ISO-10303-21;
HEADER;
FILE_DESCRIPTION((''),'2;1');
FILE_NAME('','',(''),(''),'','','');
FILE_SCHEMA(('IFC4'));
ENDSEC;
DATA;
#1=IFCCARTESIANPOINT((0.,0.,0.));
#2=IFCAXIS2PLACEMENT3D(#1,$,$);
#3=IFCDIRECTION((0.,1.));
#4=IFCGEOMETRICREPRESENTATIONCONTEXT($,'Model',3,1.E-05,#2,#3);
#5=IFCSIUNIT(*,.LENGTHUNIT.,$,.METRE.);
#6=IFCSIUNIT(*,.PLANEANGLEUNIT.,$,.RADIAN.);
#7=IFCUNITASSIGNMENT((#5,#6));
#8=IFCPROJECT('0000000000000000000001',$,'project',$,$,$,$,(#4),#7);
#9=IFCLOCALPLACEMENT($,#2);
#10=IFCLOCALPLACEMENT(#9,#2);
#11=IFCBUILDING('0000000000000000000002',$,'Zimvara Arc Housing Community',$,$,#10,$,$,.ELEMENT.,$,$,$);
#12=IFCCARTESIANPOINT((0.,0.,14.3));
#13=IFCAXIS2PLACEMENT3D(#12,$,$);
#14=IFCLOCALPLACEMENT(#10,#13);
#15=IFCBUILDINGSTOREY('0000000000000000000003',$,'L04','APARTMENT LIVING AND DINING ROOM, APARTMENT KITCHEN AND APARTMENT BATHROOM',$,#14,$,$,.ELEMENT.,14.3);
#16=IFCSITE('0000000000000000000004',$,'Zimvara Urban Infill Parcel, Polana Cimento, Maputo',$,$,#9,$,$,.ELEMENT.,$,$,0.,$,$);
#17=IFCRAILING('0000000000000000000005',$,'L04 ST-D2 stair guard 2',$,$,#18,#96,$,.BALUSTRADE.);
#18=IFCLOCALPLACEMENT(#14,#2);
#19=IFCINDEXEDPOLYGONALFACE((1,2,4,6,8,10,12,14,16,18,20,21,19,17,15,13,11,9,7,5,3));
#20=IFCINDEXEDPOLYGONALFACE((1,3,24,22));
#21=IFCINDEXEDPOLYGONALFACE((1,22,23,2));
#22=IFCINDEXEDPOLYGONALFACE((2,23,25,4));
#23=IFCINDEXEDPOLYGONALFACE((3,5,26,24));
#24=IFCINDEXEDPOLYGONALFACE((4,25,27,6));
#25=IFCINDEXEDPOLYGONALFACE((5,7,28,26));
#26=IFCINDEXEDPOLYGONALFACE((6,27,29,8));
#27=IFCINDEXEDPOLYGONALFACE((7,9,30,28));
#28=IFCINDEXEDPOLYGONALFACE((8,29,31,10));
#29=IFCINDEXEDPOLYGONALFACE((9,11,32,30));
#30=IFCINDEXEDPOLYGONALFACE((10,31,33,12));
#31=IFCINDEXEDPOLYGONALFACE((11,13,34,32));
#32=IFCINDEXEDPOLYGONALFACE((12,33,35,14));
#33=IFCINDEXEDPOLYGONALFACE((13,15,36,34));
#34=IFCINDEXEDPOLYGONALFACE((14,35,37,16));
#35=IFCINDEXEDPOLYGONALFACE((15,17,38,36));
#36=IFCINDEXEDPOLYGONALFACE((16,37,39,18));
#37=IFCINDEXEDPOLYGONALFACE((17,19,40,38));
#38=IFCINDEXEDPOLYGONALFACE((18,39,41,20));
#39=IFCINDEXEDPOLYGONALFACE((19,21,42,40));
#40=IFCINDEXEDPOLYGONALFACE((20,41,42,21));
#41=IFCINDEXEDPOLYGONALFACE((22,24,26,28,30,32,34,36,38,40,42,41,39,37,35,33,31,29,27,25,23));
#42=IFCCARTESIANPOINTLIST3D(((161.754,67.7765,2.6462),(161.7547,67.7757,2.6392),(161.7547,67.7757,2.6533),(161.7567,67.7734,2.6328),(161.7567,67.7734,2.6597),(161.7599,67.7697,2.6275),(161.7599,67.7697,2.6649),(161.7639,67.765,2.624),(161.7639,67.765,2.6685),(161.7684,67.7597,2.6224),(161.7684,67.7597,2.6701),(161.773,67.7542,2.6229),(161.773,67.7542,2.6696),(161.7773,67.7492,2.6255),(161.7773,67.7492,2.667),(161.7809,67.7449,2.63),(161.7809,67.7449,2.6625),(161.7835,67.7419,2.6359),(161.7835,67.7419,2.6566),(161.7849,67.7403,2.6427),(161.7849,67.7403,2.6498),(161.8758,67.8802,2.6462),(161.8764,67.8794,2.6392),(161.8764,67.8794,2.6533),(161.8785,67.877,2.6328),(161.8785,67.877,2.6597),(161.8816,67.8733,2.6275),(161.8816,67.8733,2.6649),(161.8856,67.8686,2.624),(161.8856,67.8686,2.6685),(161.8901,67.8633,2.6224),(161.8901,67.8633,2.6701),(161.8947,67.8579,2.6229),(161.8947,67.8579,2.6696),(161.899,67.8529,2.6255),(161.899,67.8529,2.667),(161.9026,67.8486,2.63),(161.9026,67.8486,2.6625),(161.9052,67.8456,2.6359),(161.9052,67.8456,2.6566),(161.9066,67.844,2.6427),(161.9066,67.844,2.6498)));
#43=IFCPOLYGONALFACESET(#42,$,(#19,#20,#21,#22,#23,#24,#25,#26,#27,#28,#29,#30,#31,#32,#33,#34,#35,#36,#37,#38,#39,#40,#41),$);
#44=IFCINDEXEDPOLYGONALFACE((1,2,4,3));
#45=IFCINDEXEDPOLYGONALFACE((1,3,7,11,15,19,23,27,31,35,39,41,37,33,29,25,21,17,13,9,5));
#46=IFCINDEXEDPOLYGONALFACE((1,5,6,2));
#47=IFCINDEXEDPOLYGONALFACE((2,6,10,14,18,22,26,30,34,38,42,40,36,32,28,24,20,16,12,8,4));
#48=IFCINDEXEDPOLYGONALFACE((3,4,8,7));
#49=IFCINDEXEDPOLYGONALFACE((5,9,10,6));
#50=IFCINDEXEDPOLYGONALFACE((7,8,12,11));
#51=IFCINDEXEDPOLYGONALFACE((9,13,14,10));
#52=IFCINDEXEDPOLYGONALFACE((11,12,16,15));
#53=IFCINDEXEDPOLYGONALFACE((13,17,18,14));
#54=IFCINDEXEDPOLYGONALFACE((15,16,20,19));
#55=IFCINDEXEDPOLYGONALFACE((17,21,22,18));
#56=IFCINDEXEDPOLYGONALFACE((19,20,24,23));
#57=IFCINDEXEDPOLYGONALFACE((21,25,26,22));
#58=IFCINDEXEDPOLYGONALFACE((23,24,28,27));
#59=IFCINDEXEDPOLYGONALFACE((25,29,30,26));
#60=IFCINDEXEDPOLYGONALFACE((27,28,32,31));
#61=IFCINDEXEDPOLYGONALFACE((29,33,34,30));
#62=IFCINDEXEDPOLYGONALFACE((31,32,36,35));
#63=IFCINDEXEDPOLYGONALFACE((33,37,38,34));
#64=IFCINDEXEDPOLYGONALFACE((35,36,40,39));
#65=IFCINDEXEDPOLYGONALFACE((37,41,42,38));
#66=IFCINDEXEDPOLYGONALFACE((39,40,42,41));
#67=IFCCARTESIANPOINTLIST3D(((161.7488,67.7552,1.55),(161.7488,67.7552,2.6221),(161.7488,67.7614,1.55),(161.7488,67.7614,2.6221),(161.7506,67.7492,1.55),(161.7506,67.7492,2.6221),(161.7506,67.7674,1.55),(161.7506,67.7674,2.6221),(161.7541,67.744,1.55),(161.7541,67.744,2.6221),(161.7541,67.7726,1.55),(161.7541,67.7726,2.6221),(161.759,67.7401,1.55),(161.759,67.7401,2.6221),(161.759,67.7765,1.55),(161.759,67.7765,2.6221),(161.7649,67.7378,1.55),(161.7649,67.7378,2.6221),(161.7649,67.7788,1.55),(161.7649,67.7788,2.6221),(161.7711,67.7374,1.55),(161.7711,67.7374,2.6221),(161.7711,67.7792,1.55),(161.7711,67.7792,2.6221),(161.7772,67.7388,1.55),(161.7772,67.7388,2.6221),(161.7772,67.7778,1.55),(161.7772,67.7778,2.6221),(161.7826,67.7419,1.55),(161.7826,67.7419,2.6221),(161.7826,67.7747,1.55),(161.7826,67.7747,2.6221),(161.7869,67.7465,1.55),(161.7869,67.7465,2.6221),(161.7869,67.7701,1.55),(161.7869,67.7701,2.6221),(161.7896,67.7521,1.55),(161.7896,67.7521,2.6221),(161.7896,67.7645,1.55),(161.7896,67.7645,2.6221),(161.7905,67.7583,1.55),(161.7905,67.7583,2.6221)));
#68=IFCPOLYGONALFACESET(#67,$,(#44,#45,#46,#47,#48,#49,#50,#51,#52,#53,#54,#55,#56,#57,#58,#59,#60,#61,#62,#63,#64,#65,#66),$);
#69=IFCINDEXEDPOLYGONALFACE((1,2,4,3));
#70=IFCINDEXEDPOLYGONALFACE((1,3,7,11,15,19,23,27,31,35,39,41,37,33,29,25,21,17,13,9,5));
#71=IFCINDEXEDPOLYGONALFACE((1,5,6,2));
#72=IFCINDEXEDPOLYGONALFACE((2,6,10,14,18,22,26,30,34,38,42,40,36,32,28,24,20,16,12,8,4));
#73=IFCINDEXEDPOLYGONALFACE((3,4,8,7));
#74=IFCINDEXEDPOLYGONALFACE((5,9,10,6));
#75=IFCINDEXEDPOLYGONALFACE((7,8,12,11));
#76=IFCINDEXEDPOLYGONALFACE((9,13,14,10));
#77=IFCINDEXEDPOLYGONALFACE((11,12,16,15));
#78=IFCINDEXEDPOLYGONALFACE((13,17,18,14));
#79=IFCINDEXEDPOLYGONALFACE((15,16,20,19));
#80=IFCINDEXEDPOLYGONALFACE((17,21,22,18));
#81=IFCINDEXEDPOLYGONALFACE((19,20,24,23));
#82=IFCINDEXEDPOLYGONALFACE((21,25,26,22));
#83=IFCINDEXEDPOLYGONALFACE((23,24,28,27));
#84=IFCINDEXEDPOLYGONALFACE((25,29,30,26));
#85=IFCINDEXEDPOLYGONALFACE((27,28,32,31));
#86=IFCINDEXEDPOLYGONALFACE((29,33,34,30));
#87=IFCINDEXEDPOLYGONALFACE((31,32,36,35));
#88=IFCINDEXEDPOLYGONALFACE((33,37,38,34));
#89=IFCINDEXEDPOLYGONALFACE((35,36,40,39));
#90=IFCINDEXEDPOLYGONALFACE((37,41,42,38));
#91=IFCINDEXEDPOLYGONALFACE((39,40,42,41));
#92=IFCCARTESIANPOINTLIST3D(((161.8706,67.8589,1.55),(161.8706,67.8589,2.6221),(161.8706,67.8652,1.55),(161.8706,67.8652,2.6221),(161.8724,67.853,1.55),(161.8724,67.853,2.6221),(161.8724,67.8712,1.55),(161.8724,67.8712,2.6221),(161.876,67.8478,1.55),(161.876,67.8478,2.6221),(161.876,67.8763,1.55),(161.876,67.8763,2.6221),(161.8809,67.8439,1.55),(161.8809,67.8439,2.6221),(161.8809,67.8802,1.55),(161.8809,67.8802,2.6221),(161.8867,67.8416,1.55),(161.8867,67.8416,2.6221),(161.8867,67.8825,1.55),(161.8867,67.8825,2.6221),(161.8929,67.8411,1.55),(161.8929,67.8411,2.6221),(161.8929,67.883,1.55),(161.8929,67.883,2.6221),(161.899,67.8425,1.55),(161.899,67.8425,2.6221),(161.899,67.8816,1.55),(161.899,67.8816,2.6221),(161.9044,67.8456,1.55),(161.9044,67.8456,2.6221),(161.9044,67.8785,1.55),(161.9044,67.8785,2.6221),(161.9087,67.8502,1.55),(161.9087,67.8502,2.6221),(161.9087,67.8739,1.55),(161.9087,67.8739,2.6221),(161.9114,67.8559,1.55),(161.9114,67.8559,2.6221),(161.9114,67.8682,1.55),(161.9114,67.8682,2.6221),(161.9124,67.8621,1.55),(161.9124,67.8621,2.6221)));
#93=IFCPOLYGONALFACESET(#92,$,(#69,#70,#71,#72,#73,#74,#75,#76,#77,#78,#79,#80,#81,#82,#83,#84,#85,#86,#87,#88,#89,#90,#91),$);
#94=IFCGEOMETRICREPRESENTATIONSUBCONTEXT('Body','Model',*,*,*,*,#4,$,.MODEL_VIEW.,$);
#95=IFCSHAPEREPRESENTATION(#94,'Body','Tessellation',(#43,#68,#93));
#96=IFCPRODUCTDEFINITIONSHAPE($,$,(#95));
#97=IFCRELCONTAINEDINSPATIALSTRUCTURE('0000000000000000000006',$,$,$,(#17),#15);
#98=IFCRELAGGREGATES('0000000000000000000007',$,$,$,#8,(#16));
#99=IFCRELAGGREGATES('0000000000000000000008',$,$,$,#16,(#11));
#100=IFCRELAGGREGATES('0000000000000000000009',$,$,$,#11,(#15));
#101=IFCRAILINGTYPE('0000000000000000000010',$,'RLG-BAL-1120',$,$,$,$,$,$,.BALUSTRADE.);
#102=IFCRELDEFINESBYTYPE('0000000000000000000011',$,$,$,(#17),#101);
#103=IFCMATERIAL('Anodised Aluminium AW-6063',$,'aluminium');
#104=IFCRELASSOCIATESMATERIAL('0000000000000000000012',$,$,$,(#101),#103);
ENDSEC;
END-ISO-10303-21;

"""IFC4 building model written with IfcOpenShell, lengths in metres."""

from ifc_helpers import new_model, si_unit, direction, frame, origin, origin_2d, place, context, subcontext, project, spatial, circle, extrude, material, type_object, element, save


model = new_model("IFC4")

# Units and contexts
model_context = context("Model", 3, precision=1e-05, world=origin(), true_north=direction((0.0, 1.0)))
body_context = subcontext(model_context, "Body", "Model", "MODEL_VIEW")
ifc_project = project(units=[si_unit("LENGTHUNIT", "METRE"), si_unit("PLANEANGLEUNIT", "RADIAN")], contexts=[model_context])

# Site, building, storey
site_placement = place(None, origin())
site = spatial("IfcSite", under=ifc_project, at=site_placement, Name="Zimvara Urban Infill Parcel, Polana Cimento, Maputo", CompositionType="ELEMENT", RefElevation=0.0)
building_placement = place(site_placement, origin())
building = spatial("IfcBuilding", under=site, at=building_placement, Name="Zimvara Arc Housing Community", CompositionType="ELEMENT")
storey_placement = place(building_placement, frame((0.0, 0.0, 14.3)))
storey = spatial("IfcBuildingStorey", under=building, at=storey_placement, Name="L04", Description="APARTMENT LIVING AND DINING ROOM, APARTMENT KITCHEN AND APARTMENT BATHROOM", CompositionType="ELEMENT", Elevation=14.3)

# Railing
ifc_material_1 = material(Name="Anodised Aluminium AW-6063", Category="aluminium")
railing_type = type_object("IfcRailingType", Name="RLG-BAL-1120", PredefinedType="BALUSTRADE", material=ifc_material_1)
railing_1_placement = place(storey_placement, frame((161.7695, 67.7583, 1.55)))
element("IfcRailing", 1, at=railing_1_placement, inside=storey, type_object=railing_type, Name="L04 ST-D2 stair guard 2", PredefinedType="BALUSTRADE", context=body_context, shape_type="SweptSolid", body=[
    extrude(circle(Radius=0.0239, at=origin_2d()), frame((0.0, 0.0, 1.0962), z_axis=(0.761299, 0.648401, 0.0), x_axis=(-0.648401, 0.761299, 0.0)), (0.0, 0.0, 1.0), 0.1599),
    extrude(circle(Radius=0.021, at=origin_2d()), origin(), (0.0, 0.0, 1.0), 1.072),
    extrude(circle(Radius=0.021, at=origin_2d()), frame((0.1218, 0.1038, 0.0)), (0.0, 0.0, 1.0), 1.072),
])

save(model, "model.ifc")
